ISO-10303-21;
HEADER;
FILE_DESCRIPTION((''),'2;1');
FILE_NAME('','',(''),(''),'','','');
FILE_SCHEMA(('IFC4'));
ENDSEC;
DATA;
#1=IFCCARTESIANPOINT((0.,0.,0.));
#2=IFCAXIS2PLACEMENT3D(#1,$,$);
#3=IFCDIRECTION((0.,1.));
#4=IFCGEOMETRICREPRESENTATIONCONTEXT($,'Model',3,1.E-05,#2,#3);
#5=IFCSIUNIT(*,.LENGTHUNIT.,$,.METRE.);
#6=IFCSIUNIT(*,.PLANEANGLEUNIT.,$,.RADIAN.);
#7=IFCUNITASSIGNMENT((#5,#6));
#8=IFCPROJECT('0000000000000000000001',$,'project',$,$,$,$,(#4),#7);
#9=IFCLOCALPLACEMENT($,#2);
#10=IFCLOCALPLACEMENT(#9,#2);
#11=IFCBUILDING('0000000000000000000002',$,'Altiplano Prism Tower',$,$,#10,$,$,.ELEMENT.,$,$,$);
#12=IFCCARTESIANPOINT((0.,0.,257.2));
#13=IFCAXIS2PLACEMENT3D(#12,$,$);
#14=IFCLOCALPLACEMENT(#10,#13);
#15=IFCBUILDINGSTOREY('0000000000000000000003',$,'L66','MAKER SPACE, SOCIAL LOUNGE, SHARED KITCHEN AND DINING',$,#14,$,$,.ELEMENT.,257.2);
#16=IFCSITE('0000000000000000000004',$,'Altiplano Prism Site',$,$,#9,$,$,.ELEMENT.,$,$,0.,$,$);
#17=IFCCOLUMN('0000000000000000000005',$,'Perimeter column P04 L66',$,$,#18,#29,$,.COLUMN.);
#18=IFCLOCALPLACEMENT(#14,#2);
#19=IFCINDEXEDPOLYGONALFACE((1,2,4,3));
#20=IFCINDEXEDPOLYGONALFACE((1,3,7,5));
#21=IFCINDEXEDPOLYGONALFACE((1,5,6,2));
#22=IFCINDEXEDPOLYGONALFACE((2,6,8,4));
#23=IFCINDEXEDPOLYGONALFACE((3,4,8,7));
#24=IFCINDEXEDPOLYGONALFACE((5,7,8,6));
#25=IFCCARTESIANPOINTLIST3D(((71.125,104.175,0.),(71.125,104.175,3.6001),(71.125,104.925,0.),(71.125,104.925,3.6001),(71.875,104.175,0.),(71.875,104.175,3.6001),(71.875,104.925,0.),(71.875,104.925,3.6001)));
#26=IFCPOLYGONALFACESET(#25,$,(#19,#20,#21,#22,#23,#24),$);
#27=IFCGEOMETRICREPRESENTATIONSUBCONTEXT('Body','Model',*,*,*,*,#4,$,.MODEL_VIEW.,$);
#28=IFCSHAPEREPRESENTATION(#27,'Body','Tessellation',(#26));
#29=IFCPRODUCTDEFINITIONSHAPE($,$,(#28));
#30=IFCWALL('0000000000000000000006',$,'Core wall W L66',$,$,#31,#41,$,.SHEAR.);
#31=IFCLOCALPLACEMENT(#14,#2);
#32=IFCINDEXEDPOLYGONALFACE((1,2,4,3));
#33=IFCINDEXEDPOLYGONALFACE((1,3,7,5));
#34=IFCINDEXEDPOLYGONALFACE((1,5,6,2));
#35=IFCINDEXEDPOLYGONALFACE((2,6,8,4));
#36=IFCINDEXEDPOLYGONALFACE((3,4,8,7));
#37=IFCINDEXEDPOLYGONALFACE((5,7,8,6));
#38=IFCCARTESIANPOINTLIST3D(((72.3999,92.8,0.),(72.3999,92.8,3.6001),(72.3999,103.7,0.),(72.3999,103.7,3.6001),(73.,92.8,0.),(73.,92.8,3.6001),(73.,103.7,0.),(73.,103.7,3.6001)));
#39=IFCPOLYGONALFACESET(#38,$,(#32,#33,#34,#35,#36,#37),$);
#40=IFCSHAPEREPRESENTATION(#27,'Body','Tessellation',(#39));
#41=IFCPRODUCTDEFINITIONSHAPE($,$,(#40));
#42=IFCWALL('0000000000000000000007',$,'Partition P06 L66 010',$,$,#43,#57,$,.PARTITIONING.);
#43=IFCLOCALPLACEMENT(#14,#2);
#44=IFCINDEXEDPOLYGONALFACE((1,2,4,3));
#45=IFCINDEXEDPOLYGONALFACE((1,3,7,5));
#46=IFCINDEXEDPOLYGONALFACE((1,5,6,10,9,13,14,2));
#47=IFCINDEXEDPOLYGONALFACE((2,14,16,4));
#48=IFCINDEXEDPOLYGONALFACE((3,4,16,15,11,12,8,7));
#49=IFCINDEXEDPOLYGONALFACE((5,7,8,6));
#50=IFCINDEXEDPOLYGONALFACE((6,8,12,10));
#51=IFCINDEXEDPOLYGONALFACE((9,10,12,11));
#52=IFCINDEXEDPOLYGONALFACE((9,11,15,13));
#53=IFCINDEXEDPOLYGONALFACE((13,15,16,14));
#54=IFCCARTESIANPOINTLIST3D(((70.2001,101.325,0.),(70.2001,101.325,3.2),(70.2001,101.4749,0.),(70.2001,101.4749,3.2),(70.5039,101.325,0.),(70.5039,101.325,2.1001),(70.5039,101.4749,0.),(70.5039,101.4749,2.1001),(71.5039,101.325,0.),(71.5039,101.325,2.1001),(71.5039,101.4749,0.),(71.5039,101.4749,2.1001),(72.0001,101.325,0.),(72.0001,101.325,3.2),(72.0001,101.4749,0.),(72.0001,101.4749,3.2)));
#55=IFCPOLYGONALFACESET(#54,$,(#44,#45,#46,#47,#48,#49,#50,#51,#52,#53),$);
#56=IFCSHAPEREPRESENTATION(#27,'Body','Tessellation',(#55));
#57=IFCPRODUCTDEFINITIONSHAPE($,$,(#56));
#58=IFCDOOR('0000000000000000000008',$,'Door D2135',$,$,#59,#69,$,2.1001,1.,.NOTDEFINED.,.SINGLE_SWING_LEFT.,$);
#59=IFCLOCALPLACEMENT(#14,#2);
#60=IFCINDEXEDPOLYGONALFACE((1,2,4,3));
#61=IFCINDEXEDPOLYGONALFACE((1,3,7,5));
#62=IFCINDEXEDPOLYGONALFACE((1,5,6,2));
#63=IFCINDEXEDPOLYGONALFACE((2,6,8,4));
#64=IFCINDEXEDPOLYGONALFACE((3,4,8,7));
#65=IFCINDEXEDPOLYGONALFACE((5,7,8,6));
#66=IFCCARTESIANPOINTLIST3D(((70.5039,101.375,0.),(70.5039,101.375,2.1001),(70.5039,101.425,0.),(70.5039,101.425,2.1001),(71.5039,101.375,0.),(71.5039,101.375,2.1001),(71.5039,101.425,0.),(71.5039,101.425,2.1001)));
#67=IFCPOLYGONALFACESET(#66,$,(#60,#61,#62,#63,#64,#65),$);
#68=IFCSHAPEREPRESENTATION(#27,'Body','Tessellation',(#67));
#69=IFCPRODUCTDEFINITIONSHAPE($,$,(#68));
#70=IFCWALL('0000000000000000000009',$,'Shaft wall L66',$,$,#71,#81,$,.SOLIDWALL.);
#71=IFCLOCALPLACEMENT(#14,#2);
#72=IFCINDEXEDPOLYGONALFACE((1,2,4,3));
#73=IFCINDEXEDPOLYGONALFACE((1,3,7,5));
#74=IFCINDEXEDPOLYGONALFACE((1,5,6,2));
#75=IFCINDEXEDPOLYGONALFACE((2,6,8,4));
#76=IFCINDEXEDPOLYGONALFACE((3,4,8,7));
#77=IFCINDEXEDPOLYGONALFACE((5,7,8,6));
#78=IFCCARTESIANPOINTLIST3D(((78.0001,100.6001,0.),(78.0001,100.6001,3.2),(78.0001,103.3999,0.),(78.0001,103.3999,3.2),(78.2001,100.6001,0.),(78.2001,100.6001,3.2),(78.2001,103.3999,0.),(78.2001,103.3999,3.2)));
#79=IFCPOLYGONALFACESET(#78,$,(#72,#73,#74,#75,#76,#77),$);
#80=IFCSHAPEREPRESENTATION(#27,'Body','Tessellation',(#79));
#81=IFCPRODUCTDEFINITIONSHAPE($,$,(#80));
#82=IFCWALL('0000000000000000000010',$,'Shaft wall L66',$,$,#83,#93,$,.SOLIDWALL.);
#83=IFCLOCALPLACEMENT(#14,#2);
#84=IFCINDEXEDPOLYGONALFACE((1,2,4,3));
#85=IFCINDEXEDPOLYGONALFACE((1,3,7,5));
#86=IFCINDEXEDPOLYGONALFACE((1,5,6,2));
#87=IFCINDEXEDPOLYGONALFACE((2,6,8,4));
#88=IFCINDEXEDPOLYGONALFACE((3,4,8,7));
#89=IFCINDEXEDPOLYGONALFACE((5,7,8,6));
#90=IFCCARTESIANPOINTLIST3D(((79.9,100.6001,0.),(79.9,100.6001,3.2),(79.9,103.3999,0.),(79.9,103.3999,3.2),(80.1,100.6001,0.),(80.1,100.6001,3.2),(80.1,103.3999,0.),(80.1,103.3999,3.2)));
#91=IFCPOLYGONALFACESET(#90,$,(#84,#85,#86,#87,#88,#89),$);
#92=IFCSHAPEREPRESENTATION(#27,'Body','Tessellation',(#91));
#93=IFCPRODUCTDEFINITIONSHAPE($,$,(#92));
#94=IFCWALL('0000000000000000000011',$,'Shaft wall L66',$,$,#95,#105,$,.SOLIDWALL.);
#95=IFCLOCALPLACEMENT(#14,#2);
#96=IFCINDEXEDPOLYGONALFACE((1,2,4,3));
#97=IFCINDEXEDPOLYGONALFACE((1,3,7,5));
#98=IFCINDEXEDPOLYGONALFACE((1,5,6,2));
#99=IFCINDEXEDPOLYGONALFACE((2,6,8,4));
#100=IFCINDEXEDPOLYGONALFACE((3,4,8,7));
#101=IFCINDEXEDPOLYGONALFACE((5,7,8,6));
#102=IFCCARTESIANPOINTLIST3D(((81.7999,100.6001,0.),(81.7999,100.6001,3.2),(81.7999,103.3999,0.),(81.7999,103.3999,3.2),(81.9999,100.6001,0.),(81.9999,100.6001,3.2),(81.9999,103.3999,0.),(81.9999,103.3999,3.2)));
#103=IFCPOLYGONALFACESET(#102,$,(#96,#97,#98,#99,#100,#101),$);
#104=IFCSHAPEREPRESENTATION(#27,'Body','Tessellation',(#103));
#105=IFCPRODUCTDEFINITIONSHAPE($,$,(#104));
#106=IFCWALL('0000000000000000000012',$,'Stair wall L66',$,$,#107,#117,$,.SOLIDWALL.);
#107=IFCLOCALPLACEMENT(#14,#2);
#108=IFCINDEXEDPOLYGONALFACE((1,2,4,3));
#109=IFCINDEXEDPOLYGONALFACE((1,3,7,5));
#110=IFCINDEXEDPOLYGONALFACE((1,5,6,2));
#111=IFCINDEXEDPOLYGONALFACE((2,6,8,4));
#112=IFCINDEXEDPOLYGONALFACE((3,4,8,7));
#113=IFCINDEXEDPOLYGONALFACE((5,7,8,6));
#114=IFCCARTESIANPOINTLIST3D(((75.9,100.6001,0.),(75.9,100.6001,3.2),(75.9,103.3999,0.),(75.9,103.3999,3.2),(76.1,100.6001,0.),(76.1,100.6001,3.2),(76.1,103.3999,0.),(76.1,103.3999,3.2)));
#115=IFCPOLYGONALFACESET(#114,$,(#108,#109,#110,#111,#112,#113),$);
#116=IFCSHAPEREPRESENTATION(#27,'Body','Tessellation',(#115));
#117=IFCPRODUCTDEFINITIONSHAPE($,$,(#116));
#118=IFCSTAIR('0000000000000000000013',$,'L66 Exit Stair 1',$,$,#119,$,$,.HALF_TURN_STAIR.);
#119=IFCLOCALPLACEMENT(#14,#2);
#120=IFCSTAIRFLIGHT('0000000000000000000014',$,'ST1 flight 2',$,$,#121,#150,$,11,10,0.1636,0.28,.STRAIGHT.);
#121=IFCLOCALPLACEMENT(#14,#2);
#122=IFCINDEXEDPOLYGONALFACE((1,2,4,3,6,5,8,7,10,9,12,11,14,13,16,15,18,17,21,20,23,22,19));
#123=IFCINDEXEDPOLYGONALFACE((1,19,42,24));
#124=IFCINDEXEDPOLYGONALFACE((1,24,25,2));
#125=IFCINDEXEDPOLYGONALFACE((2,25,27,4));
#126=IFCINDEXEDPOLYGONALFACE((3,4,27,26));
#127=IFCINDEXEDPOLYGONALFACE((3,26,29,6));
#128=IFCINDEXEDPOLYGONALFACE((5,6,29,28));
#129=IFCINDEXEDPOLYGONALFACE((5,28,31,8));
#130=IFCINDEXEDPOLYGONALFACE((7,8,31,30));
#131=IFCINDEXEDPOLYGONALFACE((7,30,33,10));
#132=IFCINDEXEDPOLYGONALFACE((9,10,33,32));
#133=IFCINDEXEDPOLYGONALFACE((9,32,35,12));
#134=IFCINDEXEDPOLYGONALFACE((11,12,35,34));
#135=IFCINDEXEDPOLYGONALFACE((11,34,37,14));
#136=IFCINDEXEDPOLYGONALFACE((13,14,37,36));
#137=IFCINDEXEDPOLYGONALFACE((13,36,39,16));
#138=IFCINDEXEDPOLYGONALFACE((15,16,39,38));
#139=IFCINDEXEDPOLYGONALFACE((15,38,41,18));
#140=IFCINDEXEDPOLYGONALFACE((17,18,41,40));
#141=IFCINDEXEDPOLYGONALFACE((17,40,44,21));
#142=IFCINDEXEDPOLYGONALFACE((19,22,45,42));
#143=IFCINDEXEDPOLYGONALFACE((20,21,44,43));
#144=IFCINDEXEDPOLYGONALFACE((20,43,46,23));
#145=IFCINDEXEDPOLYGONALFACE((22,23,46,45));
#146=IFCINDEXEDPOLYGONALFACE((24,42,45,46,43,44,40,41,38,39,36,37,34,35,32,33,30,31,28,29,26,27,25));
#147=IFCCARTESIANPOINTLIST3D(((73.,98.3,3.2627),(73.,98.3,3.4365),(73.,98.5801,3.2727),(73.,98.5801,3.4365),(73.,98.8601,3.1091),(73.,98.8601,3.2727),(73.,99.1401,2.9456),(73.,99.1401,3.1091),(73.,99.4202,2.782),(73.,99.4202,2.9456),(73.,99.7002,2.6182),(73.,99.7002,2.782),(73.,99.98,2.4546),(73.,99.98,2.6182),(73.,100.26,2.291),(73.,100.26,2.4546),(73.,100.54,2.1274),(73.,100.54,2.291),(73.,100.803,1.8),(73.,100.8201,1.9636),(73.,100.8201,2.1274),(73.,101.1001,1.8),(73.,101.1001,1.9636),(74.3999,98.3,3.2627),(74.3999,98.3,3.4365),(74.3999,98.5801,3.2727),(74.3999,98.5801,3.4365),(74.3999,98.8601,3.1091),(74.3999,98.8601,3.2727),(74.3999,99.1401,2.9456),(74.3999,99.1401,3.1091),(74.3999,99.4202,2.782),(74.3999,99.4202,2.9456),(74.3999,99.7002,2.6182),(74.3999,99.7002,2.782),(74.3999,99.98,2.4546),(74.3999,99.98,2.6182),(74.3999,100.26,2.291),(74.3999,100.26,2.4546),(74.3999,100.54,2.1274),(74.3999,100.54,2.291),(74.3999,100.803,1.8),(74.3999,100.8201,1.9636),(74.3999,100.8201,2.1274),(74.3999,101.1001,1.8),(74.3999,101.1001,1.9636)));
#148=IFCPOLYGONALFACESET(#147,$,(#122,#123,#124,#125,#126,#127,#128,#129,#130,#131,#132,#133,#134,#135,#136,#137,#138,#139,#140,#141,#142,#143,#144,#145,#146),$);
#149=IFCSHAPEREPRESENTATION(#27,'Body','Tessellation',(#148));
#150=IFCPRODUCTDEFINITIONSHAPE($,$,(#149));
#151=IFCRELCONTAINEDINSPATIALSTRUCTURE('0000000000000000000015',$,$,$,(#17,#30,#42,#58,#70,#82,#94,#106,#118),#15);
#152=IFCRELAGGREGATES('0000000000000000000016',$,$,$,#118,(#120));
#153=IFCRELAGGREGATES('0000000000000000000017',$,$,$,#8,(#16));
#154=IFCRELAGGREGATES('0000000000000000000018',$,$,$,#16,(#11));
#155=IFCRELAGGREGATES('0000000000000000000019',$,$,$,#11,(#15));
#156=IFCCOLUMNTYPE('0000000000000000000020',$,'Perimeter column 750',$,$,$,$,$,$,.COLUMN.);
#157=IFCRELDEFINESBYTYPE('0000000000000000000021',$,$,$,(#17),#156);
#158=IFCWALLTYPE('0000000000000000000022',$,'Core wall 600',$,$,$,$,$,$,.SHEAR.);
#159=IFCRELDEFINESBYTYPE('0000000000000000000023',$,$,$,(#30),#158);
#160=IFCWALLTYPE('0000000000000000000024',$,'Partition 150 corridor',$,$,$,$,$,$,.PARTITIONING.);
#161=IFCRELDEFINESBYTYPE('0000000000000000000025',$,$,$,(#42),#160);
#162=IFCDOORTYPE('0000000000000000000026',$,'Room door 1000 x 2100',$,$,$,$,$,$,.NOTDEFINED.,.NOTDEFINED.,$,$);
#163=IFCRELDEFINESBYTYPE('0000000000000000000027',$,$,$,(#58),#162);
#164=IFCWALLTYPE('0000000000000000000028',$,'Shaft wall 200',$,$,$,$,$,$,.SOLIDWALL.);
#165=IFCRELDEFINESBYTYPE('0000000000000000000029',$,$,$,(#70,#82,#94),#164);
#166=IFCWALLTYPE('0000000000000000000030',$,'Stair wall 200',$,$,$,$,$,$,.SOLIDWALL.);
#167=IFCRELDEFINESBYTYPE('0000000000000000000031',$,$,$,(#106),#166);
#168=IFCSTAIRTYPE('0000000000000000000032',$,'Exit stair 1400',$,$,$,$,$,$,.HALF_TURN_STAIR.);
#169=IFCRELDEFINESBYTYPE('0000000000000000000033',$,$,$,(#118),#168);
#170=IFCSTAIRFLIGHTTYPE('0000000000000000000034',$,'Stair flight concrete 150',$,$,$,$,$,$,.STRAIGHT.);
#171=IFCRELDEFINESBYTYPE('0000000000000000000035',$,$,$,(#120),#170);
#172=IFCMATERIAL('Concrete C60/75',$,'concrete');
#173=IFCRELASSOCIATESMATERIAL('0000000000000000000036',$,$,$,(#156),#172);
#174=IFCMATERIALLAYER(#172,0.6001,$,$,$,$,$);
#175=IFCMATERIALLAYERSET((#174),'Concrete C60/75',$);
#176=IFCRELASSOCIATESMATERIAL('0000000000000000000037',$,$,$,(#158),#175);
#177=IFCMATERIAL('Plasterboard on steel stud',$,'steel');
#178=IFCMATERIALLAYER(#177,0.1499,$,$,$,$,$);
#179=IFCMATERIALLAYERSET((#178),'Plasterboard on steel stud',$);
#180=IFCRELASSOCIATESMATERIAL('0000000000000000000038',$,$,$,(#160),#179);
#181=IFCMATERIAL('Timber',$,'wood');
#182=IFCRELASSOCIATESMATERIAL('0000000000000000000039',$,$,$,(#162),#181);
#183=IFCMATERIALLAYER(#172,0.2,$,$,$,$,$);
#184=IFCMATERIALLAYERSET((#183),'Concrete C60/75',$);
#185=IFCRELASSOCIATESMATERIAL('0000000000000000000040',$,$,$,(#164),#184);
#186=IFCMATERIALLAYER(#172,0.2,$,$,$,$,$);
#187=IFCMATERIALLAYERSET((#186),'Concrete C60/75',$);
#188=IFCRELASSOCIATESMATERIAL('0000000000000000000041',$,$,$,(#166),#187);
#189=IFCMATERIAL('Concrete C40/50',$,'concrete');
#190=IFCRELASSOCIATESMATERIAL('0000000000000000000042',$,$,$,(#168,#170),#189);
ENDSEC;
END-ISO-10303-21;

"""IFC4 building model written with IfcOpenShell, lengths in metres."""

from ifc_helpers import new_model, si_unit, direction, frame, frame_2d, origin, origin_2d, place, context, subcontext, project, spatial, polyline, rectangle, outline, extrude, material, layer, layer_set, material_profile, profile_set, type_object, element, fill, aggregate, save


model = new_model("IFC4")

# Units and contexts
model_context = context("Model", 3, precision=1e-05, world=origin(), true_north=direction((0.0, 1.0)))
body_context = subcontext(model_context, "Body", "Model", "MODEL_VIEW")
ifc_project = project(units=[si_unit("LENGTHUNIT", "METRE"), si_unit("PLANEANGLEUNIT", "RADIAN")], contexts=[model_context])

# Site, building, storey
site_placement = place(None, origin())
site = spatial("IfcSite", under=ifc_project, at=site_placement, Name="Altiplano Prism Site", CompositionType="ELEMENT", RefElevation=0.0)
building_placement = place(site_placement, origin())
building = spatial("IfcBuilding", under=site, at=building_placement, Name="Altiplano Prism Tower", CompositionType="ELEMENT")
storey_placement = place(building_placement, frame((0.0, 0.0, 257.2)))
storey = spatial("IfcBuildingStorey", under=building, at=storey_placement, Name="L66", Description="MAKER SPACE, SOCIAL LOUNGE, SHARED KITCHEN AND DINING", CompositionType="ELEMENT", Elevation=257.2)

# Column
ifc_material_1 = material(Name="Concrete C60/75", Category="concrete")
ifc_material_profile = material_profile(ifc_material_1, rectangle(XDim=0.75, YDim=0.75, at=origin_2d()), Name="Perimeter column 750")
ifc_profile_set = profile_set([ifc_material_profile], Name="Concrete C60/75")
column_type = type_object("IfcColumnType", Name="Perimeter column 750", PredefinedType="COLUMN", material=ifc_profile_set)
column_placement = place(storey_placement, frame((71.5, 104.55, 0.0), z_axis=(0.0, 0.0, 1.0), x_axis=(1.0, 0.0, 0.0)))
element("IfcColumn", 1, at=column_placement, inside=storey, type_object=column_type, Name="Perimeter column P04 L66", PredefinedType="COLUMN", context=body_context, shape_type="SweptSolid", body=[
    extrude(rectangle(XDim=0.75, YDim=0.75, at=origin_2d()), origin(), (0.0, 0.0, 1.0), 3.6001),
])

# Wall
ifc_layer_1 = layer(ifc_material_1, 0.6001)
ifc_layer_set_1 = layer_set([ifc_layer_1], Name="Concrete C60/75")
wall_type_1 = type_object("IfcWallType", Name="Core wall 600", PredefinedType="SHEAR", material=ifc_layer_set_1)
wall_1_placement = place(storey_placement, frame((72.7, 103.7, 0.0), z_axis=(0.0, 0.0, 1.0), x_axis=(0.0, -1.0, 0.0)))
element("IfcWall", 2, at=wall_1_placement, inside=storey, type_object=wall_type_1, Name="Core wall W L66", PredefinedType="SHEAR", context=body_context, shape_type="SweptSolid", body=[
    extrude(rectangle(XDim=10.8999, YDim=0.6001, at=frame_2d((5.45, 0.0))), origin(), (0.0, 0.0, 1.0), 3.6001),
])

# Wall, opening, door
ifc_material_2 = material(Name="Plasterboard on steel stud", Category="steel")
ifc_layer_2 = layer(ifc_material_2, 0.1499)
ifc_layer_set_2 = layer_set([ifc_layer_2], Name="Plasterboard on steel stud")
wall_type_2 = type_object("IfcWallType", Name="Partition 150 corridor", PredefinedType="PARTITIONING", material=ifc_layer_set_2)
wall_2_placement = place(storey_placement, frame((72.0, 101.3999, 0.0), z_axis=(0.0, 0.0, 1.0), x_axis=(-1.0, 0.0, 0.0)))
wall_2 = element("IfcWall", 3, at=wall_2_placement, inside=storey, type_object=wall_type_2, Name="Partition P06 L66 010", PredefinedType="PARTITIONING", context=body_context, shape_type="SweptSolid", body=[
    extrude(rectangle(XDim=1.8, YDim=0.1499, at=frame_2d((0.8999, 0.0))), origin(), (0.0, 0.0, 1.0), 3.2),
])
opening_placement = place(wall_2_placement, frame((0.4961, 0.0, 0.0)))
opening = element("IfcOpeningElement", 4, at=opening_placement, cuts=wall_2, PredefinedType="OPENING", context=body_context, shape_type="SweptSolid", body=[
    extrude(rectangle(XDim=1.0, YDim=2.1001, at=frame_2d((0.5, 1.05))), frame((0.0, 0.0854, 0.0), z_axis=(0.0, -1.0, 0.0), x_axis=(1.0, 0.0, 0.0)), (0.0, 0.0, 1.0), 0.1709),
])
ifc_material_3 = material(Name="Timber", Category="wood")
door_type = type_object("IfcDoorType", Name="Room door 1000 x 2100", OperationType="NOTDEFINED", PredefinedType="NOTDEFINED", material=ifc_material_3)
door_placement = place(opening_placement, origin())
door = element("IfcDoor", 5, at=door_placement, inside=storey, type_object=door_type, Name="Door D2135", OperationType="SINGLE_SWING_LEFT", OverallHeight=2.1001, OverallWidth=1.0, PredefinedType="NOTDEFINED", context=body_context, shape_type="SweptSolid", body=[
    extrude(rectangle(XDim=1.0, YDim=2.1001, at=frame_2d((0.5, 1.05))), frame((0.0, 0.0249, 0.0), z_axis=(0.0, -1.0, 0.0), x_axis=(1.0, 0.0, 0.0)), (0.0, 0.0, 1.0), 0.05),
])
fill(opening, door)

# Walls
ifc_layer_3 = layer(ifc_material_1, 0.2)
ifc_layer_set_3 = layer_set([ifc_layer_3], Name="Concrete C60/75")
wall_type_3 = type_object("IfcWallType", Name="Shaft wall 200", PredefinedType="SOLIDWALL", material=ifc_layer_set_3)
for number, where, z_axis, x_axis, name in (
    (6, (78.1001, 100.6001, 0.0), (0.0, 0.0, 1.0), (0.0, 1.0, 0.0), "Shaft wall L66"),
    (7, (80.0, 100.6001, 0.0), (0.0, 0.0, 1.0), (0.0, 1.0, 0.0), "Shaft wall L66"),
    (8, (81.8999, 100.6001, 0.0), (0.0, 0.0, 1.0), (0.0, 1.0, 0.0), "Shaft wall L66"),
):
    element("IfcWall", number, at=place(storey_placement, frame(where, z_axis=z_axis, x_axis=x_axis)), inside=storey, type_object=wall_type_3, Name=name, PredefinedType="SOLIDWALL", context=body_context, shape_type="SweptSolid", body=[
        extrude(rectangle(XDim=2.7998, YDim=0.2, at=frame_2d((1.3999, 0.0))), origin(), (0.0, 0.0, 1.0), 3.2),
    ])
ifc_layer_4 = layer(ifc_material_1, 0.2)
ifc_layer_set_4 = layer_set([ifc_layer_4], Name="Concrete C60/75")
wall_type_4 = type_object("IfcWallType", Name="Stair wall 200", PredefinedType="SOLIDWALL", material=ifc_layer_set_4)
wall_3_placement = place(storey_placement, frame((76.0, 100.6001, 0.0), z_axis=(0.0, 0.0, 1.0), x_axis=(0.0, 1.0, 0.0)))
element("IfcWall", 9, at=wall_3_placement, inside=storey, type_object=wall_type_4, Name="Stair wall L66", PredefinedType="SOLIDWALL", context=body_context, shape_type="SweptSolid", body=[
    extrude(rectangle(XDim=2.7998, YDim=0.2, at=frame_2d((1.3999, 0.0))), origin(), (0.0, 0.0, 1.0), 3.2),
])

# Stair, stair flight
ifc_material_4 = material(Name="Concrete C40/50", Category="concrete")
stair_type = type_object("IfcStairType", Name="Exit stair 1400", PredefinedType="HALF_TURN_STAIR", material=ifc_material_4)
stair_placement = place(storey_placement, origin())
stair = element("IfcStair", 10, at=stair_placement, inside=storey, type_object=stair_type, Name="L66 Exit Stair 1", PredefinedType="HALF_TURN_STAIR")
stair_flight_type = type_object("IfcStairFlightType", Name="Stair flight concrete 150", PredefinedType="STRAIGHT", material=ifc_material_4)
stair_flight_placement = place(storey_placement, frame((73.7, 101.1001, 1.8), z_axis=(0.0, 0.0, 1.0), x_axis=(0.0, -1.0, 0.0)))
stair_flight = element("IfcStairFlight", 11, at=stair_flight_placement, type_object=stair_flight_type, Name="ST1 flight 2", NumberOfRisers=11, NumberOfTreads=10, PredefinedType="STRAIGHT", RiserHeight=0.1636, TreadLength=0.28, context=body_context, shape_type="SweptSolid", body=[
    extrude(outline(polyline([(0.0, 0.0), (0.0, 0.1636), (0.28, 0.1636), (0.28, 0.3274), (0.5601, 0.3274), (0.5601, 0.491), (0.8401, 0.491), (0.8401, 0.6545), (1.1201, 0.6545), (1.1201, 0.8181), (1.3999, 0.8181), (1.3999, 0.9819), (1.6799, 0.9819), (1.6799, 1.1455), (1.96, 1.1455), (1.96, 1.3091), (2.24, 1.3091), (2.24, 1.4727), (2.52, 1.4727), (2.52, 1.6365), (2.8, 1.6365), (2.8, 1.8), (2.8, 1.4626), (0.2971, 0.0), (0.0, 0.0)])), frame((0.0, 0.7, 0.0), z_axis=(0.0, -1.0, 0.0), x_axis=(1.0, 0.0, 0.0)), (0.0, 0.0, 1.0), 1.3999),
])
aggregate(stair, [stair_flight])

save(model, "model.ifc")
